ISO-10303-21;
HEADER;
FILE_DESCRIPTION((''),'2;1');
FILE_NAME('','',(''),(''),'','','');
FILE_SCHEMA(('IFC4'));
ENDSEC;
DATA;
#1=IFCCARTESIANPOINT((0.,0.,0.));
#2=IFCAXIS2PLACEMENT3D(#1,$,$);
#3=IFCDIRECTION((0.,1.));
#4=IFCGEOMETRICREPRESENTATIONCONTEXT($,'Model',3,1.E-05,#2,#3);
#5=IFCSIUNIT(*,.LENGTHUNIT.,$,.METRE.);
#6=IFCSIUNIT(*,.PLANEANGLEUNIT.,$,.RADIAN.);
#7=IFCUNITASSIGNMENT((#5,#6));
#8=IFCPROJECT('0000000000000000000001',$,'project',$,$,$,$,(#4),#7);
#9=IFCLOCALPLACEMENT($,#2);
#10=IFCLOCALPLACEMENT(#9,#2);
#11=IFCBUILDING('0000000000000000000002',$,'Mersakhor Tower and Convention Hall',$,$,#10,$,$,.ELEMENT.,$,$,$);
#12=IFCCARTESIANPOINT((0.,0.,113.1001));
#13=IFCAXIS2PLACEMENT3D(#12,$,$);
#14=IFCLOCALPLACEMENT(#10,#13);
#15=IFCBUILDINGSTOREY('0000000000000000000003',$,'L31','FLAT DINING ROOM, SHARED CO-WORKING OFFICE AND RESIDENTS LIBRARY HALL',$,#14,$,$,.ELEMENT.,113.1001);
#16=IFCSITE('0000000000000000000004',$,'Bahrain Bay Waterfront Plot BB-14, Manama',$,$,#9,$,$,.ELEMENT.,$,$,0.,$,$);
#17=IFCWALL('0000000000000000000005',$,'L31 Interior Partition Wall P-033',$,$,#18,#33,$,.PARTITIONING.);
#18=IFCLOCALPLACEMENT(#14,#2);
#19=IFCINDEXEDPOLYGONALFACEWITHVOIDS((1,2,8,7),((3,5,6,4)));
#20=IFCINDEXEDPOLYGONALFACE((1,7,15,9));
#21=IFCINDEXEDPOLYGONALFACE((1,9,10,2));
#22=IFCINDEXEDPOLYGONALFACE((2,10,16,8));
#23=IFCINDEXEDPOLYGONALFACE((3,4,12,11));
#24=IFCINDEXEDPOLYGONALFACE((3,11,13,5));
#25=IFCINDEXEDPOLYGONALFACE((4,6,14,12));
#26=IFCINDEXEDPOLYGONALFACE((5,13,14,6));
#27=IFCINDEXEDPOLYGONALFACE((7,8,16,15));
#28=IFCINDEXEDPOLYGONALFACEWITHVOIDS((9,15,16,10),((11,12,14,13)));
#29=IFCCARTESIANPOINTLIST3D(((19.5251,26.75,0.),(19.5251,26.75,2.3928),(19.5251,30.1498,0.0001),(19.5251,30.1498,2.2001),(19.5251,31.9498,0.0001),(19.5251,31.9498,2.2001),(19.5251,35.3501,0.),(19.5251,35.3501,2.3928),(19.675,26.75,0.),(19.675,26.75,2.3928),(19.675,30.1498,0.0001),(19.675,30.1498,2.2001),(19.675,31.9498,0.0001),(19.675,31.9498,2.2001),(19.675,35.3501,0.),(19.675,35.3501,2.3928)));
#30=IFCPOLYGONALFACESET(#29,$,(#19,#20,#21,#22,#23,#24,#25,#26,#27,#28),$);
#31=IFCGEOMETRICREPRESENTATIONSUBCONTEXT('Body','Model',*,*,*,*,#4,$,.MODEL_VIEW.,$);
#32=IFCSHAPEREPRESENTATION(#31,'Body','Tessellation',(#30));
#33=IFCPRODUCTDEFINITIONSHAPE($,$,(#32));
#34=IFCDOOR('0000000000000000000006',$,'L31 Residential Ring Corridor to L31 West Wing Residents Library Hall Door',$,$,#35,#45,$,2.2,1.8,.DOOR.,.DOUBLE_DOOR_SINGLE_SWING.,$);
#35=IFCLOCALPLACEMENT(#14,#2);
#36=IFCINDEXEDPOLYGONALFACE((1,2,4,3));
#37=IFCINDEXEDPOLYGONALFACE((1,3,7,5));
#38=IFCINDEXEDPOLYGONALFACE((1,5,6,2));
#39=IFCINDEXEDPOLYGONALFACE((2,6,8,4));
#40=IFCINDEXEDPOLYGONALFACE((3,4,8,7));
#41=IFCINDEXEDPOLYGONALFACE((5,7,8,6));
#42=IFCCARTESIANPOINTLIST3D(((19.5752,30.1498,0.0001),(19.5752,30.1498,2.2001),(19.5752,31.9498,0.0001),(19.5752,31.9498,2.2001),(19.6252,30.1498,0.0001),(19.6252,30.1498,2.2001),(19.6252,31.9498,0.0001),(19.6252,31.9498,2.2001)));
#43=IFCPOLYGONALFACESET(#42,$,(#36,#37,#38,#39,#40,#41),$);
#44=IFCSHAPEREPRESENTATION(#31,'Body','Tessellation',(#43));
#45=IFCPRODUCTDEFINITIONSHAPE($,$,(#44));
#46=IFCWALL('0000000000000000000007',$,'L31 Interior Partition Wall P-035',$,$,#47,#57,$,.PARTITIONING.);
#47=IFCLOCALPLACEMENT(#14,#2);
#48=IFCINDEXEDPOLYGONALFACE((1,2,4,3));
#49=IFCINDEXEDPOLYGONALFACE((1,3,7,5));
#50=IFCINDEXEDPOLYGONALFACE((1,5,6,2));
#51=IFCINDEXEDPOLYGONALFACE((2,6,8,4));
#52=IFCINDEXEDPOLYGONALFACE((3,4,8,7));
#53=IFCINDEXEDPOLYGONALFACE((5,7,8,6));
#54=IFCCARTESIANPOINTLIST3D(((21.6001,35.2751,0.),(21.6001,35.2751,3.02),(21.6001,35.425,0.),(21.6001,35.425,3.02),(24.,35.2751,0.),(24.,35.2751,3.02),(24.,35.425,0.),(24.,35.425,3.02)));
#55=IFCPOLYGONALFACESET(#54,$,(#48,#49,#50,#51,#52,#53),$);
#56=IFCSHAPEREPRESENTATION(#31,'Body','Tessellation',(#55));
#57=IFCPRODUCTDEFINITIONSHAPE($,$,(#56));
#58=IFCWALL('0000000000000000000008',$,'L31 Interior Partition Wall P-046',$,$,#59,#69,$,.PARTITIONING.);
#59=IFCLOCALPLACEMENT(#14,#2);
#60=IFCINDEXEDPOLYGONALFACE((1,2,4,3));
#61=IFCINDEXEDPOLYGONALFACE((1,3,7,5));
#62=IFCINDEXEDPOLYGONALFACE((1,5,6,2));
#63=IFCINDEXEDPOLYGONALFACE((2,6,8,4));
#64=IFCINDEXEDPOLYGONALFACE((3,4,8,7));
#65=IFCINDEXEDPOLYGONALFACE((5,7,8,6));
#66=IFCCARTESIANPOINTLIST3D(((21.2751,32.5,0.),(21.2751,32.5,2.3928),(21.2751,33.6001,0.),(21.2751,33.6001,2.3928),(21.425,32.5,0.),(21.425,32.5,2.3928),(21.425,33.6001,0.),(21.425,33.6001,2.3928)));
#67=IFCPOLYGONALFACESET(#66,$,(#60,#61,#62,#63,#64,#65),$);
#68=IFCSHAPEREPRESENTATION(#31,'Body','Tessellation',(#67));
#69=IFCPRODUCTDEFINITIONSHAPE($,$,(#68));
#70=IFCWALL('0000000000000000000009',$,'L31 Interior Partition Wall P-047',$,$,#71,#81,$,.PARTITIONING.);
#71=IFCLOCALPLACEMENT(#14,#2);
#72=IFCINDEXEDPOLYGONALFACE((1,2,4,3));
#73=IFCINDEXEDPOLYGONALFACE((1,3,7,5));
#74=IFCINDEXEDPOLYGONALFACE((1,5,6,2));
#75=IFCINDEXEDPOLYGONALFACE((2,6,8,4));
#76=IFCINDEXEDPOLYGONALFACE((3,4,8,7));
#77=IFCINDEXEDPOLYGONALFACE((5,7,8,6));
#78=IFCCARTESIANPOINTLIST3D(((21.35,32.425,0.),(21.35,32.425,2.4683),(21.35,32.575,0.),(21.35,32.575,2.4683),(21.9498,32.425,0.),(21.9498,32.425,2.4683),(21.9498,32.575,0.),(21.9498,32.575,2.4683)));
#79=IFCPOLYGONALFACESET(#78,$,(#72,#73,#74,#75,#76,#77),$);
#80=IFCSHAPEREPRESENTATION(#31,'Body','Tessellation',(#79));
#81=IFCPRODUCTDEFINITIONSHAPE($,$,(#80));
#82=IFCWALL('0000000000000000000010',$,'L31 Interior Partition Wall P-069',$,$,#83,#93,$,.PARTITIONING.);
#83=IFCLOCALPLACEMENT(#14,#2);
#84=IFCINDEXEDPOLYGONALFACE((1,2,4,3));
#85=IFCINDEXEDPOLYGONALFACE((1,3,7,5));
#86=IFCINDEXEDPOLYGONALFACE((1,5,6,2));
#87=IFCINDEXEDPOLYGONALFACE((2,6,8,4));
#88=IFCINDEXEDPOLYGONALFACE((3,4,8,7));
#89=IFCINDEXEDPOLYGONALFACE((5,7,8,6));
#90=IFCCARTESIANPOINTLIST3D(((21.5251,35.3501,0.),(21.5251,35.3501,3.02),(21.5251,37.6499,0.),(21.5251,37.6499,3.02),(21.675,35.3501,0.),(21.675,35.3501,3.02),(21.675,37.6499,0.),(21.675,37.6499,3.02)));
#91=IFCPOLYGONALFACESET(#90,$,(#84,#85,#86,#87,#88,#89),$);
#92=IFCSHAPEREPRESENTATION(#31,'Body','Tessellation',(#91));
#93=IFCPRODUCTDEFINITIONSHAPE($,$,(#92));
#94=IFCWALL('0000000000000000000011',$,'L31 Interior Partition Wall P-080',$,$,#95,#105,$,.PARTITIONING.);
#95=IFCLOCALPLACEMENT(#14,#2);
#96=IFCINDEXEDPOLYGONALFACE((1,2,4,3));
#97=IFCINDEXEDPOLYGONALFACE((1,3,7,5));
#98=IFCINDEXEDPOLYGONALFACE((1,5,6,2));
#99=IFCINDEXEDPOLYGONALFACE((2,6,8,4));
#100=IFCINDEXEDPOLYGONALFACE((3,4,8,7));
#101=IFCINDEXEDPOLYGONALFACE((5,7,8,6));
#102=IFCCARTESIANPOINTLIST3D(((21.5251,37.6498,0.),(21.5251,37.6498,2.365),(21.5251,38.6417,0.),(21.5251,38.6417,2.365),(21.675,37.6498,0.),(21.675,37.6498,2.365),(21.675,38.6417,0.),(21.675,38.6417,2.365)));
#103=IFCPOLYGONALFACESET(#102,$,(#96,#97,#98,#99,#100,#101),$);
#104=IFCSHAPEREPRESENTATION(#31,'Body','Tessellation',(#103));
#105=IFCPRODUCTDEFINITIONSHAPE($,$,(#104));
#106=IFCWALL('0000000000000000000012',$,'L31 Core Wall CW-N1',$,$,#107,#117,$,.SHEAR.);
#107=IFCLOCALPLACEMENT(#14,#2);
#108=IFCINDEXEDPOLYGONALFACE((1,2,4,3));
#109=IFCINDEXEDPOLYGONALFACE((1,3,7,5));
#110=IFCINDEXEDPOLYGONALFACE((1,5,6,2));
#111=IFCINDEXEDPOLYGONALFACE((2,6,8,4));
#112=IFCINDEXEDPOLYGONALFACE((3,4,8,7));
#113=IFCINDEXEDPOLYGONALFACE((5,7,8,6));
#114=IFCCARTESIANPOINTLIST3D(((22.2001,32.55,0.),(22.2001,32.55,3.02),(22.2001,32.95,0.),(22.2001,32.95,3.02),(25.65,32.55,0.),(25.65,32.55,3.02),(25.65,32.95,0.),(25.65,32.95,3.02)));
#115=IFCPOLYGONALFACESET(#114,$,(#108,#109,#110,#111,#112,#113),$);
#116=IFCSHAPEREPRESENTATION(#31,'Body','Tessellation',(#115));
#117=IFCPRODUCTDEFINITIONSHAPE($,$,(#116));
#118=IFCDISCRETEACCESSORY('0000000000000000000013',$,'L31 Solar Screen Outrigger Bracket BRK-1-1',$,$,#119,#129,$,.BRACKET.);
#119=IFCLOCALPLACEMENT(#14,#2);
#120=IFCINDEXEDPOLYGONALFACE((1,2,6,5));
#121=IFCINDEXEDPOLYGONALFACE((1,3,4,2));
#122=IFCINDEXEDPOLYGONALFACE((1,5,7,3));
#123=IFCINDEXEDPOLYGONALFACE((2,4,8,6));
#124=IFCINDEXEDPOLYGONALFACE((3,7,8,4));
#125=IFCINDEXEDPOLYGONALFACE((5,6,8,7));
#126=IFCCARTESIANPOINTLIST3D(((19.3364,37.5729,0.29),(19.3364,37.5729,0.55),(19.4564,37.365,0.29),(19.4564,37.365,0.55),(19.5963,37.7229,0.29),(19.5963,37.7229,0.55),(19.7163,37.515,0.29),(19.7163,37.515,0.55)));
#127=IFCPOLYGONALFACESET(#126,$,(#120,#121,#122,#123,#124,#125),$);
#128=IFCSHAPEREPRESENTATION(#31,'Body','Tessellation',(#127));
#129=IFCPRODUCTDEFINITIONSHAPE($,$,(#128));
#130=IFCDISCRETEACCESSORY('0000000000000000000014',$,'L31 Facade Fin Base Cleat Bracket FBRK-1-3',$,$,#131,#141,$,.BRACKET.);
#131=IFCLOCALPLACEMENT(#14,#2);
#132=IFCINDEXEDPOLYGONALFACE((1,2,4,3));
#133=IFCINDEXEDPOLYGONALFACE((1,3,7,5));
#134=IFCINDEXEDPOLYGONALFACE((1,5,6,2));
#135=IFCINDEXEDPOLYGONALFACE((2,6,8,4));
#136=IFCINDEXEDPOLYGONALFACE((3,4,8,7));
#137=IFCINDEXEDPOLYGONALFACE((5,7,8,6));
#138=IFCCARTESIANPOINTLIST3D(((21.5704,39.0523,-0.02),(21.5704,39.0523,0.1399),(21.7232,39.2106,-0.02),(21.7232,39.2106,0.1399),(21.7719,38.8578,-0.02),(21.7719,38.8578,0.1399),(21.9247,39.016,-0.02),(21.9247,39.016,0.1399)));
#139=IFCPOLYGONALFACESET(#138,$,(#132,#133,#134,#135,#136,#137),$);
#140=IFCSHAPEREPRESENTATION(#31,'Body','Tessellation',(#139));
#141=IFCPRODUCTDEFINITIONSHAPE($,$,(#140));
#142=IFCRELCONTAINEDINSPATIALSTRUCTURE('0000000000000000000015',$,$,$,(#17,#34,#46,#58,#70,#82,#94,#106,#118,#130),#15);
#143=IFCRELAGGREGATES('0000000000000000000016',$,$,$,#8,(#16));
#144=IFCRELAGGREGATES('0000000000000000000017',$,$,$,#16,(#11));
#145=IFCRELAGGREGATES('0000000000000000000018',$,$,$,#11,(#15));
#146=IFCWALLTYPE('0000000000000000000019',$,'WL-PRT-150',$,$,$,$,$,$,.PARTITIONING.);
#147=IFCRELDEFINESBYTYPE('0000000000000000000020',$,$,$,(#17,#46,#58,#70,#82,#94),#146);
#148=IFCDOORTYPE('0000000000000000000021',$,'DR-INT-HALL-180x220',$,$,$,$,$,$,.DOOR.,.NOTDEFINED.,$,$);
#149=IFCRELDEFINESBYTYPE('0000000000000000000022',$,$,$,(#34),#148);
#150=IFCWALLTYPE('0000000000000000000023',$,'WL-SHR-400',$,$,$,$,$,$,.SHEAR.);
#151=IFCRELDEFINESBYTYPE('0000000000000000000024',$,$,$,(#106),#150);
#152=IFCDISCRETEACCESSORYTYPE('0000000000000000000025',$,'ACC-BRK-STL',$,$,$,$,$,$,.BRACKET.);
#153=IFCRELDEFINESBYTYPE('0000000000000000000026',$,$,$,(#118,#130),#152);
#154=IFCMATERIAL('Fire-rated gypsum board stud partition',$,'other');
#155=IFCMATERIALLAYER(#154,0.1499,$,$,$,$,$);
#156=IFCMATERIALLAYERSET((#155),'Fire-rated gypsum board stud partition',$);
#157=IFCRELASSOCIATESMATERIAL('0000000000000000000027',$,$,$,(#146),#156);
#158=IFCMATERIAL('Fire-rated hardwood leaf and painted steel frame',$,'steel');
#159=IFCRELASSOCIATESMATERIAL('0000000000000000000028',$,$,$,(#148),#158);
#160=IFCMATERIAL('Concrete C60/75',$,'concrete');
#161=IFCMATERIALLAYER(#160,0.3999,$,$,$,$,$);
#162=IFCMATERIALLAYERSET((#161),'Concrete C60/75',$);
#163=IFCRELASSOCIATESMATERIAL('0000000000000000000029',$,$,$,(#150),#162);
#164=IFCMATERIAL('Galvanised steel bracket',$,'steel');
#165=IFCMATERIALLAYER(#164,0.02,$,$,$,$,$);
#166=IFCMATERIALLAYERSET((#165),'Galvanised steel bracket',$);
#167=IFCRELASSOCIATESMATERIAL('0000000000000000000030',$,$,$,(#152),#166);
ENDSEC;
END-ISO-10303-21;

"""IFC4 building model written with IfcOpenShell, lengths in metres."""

from ifc_helpers import new_model, si_unit, direction, frame, frame_2d, origin, origin_2d, place, context, subcontext, project, spatial, rectangle, extrude, material, layer, layer_set, type_object, element, fill, save


model = new_model("IFC4")

# Units and contexts
model_context = context("Model", 3, precision=1e-05, world=origin(), true_north=direction((0.0, 1.0)))
body_context = subcontext(model_context, "Body", "Model", "MODEL_VIEW")
ifc_project = project(units=[si_unit("LENGTHUNIT", "METRE"), si_unit("PLANEANGLEUNIT", "RADIAN")], contexts=[model_context])

# Site, building, storey
site_placement = place(None, origin())
site = spatial("IfcSite", under=ifc_project, at=site_placement, Name="Bahrain Bay Waterfront Plot BB-14, Manama", CompositionType="ELEMENT", RefElevation=0.0)
building_placement = place(site_placement, origin())
building = spatial("IfcBuilding", under=site, at=building_placement, Name="Mersakhor Tower and Convention Hall", CompositionType="ELEMENT")
storey_placement = place(building_placement, frame((0.0, 0.0, 113.1001)))
storey = spatial("IfcBuildingStorey", under=building, at=storey_placement, Name="L31", Description="FLAT DINING ROOM, SHARED CO-WORKING OFFICE AND RESIDENTS LIBRARY HALL", CompositionType="ELEMENT", Elevation=113.1001)

# Wall, opening, door
ifc_material_1 = material(Name="Fire-rated gypsum board stud partition", Category="other")
ifc_layer_1 = layer(ifc_material_1, 0.1499)
ifc_layer_set_1 = layer_set([ifc_layer_1], Name="Fire-rated gypsum board stud partition")
wall_type_1 = type_object("IfcWallType", Name="WL-PRT-150", PredefinedType="PARTITIONING", material=ifc_layer_set_1)
wall_1_placement = place(storey_placement, frame((19.6001, 26.75, 0.0), z_axis=(0.0, 0.0, 1.0), x_axis=(0.0, 1.0, 0.0)))
wall_1 = element("IfcWall", 1, at=wall_1_placement, inside=storey, type_object=wall_type_1, Name="L31 Interior Partition Wall P-033", PredefinedType="PARTITIONING", context=body_context, shape_type="SweptSolid", body=[
    extrude(rectangle(XDim=8.6001, YDim=0.1499, at=frame_2d((4.3, 0.0))), origin(), (0.0, 0.0, 1.0), 2.3928),
])
opening_1_placement = place(wall_1_placement, frame((3.3999, 0.0, 0.0)))
opening_1 = element("IfcOpeningElement", 2, at=opening_1_placement, cuts=wall_1, PredefinedType="OPENING", context=body_context, shape_type="SweptSolid", body=[
    extrude(rectangle(XDim=1.8, YDim=2.2, at=frame_2d((0.8999, 1.1001))), frame((0.0, 0.085, 0.0), z_axis=(0.0, -1.0, 0.0), x_axis=(1.0, 0.0, 0.0)), (0.0, 0.0, 1.0), 0.1699),
])
ifc_material_2 = material(Name="Fire-rated hardwood leaf and painted steel frame", Category="steel")
door_type_1 = type_object("IfcDoorType", Name="DR-INT-HALL-180x220", OperationType="NOTDEFINED", PredefinedType="DOOR", material=ifc_material_2)
door_1_placement = place(opening_1_placement, origin())
door_1 = element("IfcDoor", 3, at=door_1_placement, inside=storey, type_object=door_type_1, Name="L31 Residential Ring Corridor to L31 West Wing Residents Library Hall Door", OperationType="DOUBLE_DOOR_SINGLE_SWING", OverallHeight=2.2, OverallWidth=1.8, PredefinedType="DOOR", context=body_context, shape_type="SweptSolid", body=[
    extrude(rectangle(XDim=1.8, YDim=2.2, at=frame_2d((0.8999, 1.1001))), frame((0.0, 0.0249, 0.0), z_axis=(0.0, -1.0, 0.0), x_axis=(1.0, 0.0, 0.0)), (0.0, 0.0, 1.0), 0.05),
])
fill(opening_1, door_1)

# Walls
wall_2_placement = place(storey_placement, frame((21.6001, 35.3501, 0.0), z_axis=(0.0, 0.0, 1.0), x_axis=(1.0, 0.0, 0.0)))
element("IfcWall", 4, at=wall_2_placement, inside=storey, type_object=wall_type_1, Name="L31 Interior Partition Wall P-035", PredefinedType="PARTITIONING", context=body_context, shape_type="SweptSolid", body=[
    extrude(rectangle(XDim=2.3999, YDim=0.1499, at=frame_2d((1.2, 0.0))), origin(), (0.0, 0.0, 1.0), 3.02),
])
wall_3_placement = place(storey_placement, frame((21.3501, 33.6001, 0.0), z_axis=(0.0, 0.0, 1.0), x_axis=(0.0, -1.0, 0.0)))
element("IfcWall", 5, at=wall_3_placement, inside=storey, type_object=wall_type_1, Name="L31 Interior Partition Wall P-046", PredefinedType="PARTITIONING", context=body_context, shape_type="SweptSolid", body=[
    extrude(rectangle(XDim=1.1001, YDim=0.1499, at=frame_2d((0.55, 0.0))), origin(), (0.0, 0.0, 1.0), 2.3928),
])
wall_4_placement = place(storey_placement, frame((21.3501, 32.5, 0.0), z_axis=(0.0, 0.0, 1.0), x_axis=(1.0, 0.0, 0.0)))
element("IfcWall", 6, at=wall_4_placement, inside=storey, type_object=wall_type_1, Name="L31 Interior Partition Wall P-047", PredefinedType="PARTITIONING", context=body_context, shape_type="SweptSolid", body=[
    extrude(rectangle(XDim=0.5999, YDim=0.1499, at=frame_2d((0.2998, 0.0))), origin(), (0.0, 0.0, 1.0), 2.4683),
])
wall_5_placement = place(storey_placement, frame((21.6001, 35.3501, 0.0), z_axis=(0.0, 0.0, 1.0), x_axis=(0.0, 1.0, 0.0)))
element("IfcWall", 7, at=wall_5_placement, inside=storey, type_object=wall_type_1, Name="L31 Interior Partition Wall P-069", PredefinedType="PARTITIONING", context=body_context, shape_type="SweptSolid", body=[
    extrude(rectangle(XDim=2.2998, YDim=0.1499, at=frame_2d((1.1499, 0.0))), origin(), (0.0, 0.0, 1.0), 3.02),
])
wall_6_placement = place(storey_placement, frame((21.6001, 38.6418, 0.0), z_axis=(0.0, 0.0, 1.0), x_axis=(0.0, -1.0, 0.0)))
element("IfcWall", 8, at=wall_6_placement, inside=storey, type_object=wall_type_1, Name="L31 Interior Partition Wall P-080", PredefinedType="PARTITIONING", context=body_context, shape_type="SweptSolid", body=[
    extrude(rectangle(XDim=0.9919, YDim=0.1499, at=frame_2d((0.4961, 0.0))), origin(), (0.0, 0.0, 1.0), 2.365),
])
ifc_material_3 = material(Name="Concrete C60/75", Category="concrete")
ifc_layer_2 = layer(ifc_material_3, 0.3999)
ifc_layer_set_2 = layer_set([ifc_layer_2], Name="Concrete C60/75")
wall_type_2 = type_object("IfcWallType", Name="WL-SHR-400", PredefinedType="SHEAR", material=ifc_layer_set_2)
wall_7_placement = place(storey_placement, frame((22.2, 32.75, 0.0), z_axis=(0.0, 0.0, 1.0), x_axis=(1.0, 0.0, 0.0)))
element("IfcWall", 9, at=wall_7_placement, inside=storey, type_object=wall_type_2, Name="L31 Core Wall CW-N1", PredefinedType="SHEAR", context=body_context, shape_type="SweptSolid", body=[
    extrude(rectangle(XDim=3.45, YDim=0.3999, at=frame_2d((1.7251, 0.0))), origin(), (0.0, 0.0, 1.0), 3.02),
])

# Discrete accessories
ifc_material_4 = material(Name="Galvanised steel bracket", Category="steel")
ifc_layer_3 = layer(ifc_material_4, 0.02)
ifc_layer_set_3 = layer_set([ifc_layer_3], Name="Galvanised steel bracket")
discrete_accessory_type = type_object("IfcDiscreteAccessoryType", Name="ACC-BRK-STL", PredefinedType="BRACKET", material=ifc_layer_set_3)
discrete_accessory_1_placement = place(storey_placement, frame((19.5264, 37.5439, 0.29), z_axis=(0.0, 0.0, 1.0), x_axis=(0.866025, 0.5, 0.0)))
element("IfcDiscreteAccessory", 10, at=discrete_accessory_1_placement, inside=storey, type_object=discrete_accessory_type, Name="L31 Solar Screen Outrigger Bracket BRK-1-1", PredefinedType="BRACKET", context=body_context, shape_type="SweptSolid", body=[
    extrude(rectangle(XDim=0.3, YDim=0.24, at=origin_2d()), origin(), (0.0, 0.0, 1.0), 0.26),
])
discrete_accessory_2_placement = place(storey_placement, frame((21.7476, 39.0342, -0.02), z_axis=(0.0, 0.0, 1.0), x_axis=(-0.71934, 0.694658, 0.0)))
element("IfcDiscreteAccessory", 11, at=discrete_accessory_2_placement, inside=storey, type_object=discrete_accessory_type, Name="L31 Facade Fin Base Cleat Bracket FBRK-1-3", PredefinedType="BRACKET", context=body_context, shape_type="SweptSolid", body=[
    extrude(rectangle(XDim=0.28, YDim=0.22, at=origin_2d()), origin(), (0.0, 0.0, 1.0), 0.1599),
])

save(model, "model.ifc")
